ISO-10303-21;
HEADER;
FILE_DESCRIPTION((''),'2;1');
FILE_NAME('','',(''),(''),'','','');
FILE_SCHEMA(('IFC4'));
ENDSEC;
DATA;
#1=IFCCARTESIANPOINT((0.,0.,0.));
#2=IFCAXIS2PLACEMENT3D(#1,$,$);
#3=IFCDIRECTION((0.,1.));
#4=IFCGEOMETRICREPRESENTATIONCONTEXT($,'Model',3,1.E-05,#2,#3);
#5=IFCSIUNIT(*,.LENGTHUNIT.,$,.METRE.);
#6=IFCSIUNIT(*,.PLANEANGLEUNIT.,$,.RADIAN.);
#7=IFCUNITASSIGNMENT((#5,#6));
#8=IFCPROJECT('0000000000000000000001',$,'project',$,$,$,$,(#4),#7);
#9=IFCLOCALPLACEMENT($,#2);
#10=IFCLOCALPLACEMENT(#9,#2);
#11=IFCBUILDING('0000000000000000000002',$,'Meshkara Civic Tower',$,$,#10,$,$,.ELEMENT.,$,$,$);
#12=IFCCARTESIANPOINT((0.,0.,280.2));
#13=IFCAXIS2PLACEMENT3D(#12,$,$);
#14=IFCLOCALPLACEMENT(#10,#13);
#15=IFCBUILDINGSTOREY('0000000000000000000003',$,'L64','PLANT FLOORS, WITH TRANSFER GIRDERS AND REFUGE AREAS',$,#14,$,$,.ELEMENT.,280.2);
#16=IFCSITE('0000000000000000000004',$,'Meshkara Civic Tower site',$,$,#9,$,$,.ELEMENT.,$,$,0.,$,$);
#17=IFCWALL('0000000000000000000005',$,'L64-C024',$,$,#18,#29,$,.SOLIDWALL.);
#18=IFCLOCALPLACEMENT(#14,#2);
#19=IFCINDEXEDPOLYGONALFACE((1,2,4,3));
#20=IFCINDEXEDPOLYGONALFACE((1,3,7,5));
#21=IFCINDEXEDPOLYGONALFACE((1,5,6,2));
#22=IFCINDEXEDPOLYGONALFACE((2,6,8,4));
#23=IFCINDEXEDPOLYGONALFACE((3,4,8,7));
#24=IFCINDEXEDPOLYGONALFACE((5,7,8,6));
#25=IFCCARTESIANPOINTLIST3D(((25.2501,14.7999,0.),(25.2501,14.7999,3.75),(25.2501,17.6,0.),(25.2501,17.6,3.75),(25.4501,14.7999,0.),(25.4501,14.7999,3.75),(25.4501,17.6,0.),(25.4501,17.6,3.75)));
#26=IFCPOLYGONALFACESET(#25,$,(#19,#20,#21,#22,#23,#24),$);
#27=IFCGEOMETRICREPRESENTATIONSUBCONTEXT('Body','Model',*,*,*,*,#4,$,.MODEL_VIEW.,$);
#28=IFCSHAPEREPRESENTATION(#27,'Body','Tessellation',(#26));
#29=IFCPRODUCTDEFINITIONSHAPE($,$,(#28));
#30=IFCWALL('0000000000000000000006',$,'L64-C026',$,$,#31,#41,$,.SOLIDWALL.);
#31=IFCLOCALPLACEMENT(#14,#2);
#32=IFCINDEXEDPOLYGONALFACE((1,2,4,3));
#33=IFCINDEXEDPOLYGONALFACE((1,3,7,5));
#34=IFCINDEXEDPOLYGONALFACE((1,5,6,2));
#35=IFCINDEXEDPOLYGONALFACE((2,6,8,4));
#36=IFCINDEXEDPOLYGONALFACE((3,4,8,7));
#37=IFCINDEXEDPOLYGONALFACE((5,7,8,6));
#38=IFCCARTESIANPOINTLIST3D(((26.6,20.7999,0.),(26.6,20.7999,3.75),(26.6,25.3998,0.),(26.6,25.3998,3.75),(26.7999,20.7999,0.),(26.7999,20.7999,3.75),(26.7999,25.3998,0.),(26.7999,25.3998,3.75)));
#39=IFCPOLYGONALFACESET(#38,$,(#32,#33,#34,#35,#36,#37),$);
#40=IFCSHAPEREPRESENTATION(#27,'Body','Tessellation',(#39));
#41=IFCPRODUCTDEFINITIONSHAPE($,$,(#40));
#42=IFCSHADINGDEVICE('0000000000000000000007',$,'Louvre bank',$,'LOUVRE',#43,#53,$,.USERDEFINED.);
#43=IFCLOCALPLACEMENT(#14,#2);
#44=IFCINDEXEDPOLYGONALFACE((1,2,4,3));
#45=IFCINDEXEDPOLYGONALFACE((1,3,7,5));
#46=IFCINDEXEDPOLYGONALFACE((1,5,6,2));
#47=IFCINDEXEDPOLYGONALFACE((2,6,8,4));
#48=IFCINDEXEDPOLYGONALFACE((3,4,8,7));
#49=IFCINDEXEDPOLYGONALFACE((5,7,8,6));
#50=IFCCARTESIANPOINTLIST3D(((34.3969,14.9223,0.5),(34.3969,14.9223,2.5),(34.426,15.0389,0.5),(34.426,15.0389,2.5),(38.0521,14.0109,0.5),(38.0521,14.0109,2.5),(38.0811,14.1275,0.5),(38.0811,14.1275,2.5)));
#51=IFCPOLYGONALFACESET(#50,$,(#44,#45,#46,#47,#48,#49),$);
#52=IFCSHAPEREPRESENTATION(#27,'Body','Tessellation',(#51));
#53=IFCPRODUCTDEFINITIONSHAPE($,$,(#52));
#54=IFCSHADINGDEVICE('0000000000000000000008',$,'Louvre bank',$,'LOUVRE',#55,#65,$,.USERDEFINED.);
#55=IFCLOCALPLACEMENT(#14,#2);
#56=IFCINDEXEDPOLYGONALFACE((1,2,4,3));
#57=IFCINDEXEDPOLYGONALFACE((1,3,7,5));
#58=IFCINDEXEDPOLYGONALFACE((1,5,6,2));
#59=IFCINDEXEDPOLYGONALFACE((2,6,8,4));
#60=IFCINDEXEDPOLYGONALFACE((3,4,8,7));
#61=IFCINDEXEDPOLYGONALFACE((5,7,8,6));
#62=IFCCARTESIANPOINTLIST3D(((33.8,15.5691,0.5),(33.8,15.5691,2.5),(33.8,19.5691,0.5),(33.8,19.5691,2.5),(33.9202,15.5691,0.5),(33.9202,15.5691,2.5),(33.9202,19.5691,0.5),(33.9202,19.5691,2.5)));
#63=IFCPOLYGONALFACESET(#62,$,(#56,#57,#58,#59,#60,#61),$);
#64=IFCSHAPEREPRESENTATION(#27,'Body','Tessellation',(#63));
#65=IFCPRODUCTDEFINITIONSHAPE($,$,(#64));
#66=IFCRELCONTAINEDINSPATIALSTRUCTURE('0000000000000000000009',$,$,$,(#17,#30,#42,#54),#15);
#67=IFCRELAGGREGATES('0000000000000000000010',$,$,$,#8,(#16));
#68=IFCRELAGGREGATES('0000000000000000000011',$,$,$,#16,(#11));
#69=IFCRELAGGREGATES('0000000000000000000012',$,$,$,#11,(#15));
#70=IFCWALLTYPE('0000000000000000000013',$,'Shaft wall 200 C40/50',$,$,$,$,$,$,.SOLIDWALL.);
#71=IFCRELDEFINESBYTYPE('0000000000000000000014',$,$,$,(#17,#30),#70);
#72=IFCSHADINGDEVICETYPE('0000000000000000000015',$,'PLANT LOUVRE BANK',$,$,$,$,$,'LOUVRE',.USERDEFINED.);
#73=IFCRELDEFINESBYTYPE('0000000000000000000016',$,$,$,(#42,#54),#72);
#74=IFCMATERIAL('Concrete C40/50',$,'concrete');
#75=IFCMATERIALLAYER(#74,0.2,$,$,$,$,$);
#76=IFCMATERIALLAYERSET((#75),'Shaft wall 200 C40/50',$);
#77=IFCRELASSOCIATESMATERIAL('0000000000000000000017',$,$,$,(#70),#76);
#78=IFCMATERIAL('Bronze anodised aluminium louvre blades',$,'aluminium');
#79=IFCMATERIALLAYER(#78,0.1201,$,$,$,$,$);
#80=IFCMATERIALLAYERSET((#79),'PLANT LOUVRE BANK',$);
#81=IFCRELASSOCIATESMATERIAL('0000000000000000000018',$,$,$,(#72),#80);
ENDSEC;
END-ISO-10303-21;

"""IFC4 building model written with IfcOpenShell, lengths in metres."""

from ifc_helpers import new_model, si_unit, direction, frame, frame_2d, origin, origin_2d, place, context, subcontext, project, spatial, rectangle, extrude, material, layer, layer_set, type_object, element, save


model = new_model("IFC4")

# Units and contexts
model_context = context("Model", 3, precision=1e-05, world=origin(), true_north=direction((0.0, 1.0)))
body_context = subcontext(model_context, "Body", "Model", "MODEL_VIEW")
ifc_project = project(units=[si_unit("LENGTHUNIT", "METRE"), si_unit("PLANEANGLEUNIT", "RADIAN")], contexts=[model_context])

# Site, building, storey
site_placement = place(None, origin())
site = spatial("IfcSite", under=ifc_project, at=site_placement, Name="Meshkara Civic Tower site", CompositionType="ELEMENT", RefElevation=0.0)
building_placement = place(site_placement, origin())
building = spatial("IfcBuilding", under=site, at=building_placement, Name="Meshkara Civic Tower", CompositionType="ELEMENT")
storey_placement = place(building_placement, frame((0.0, 0.0, 280.2)))
storey = spatial("IfcBuildingStorey", under=building, at=storey_placement, Name="L64", Description="PLANT FLOORS, WITH TRANSFER GIRDERS AND REFUGE AREAS", CompositionType="ELEMENT", Elevation=280.2)

# Walls
ifc_material_1 = material(Name="Concrete C40/50", Category="concrete")
ifc_layer_1 = layer(ifc_material_1, 0.2)
ifc_layer_set_1 = layer_set([ifc_layer_1], Name="Shaft wall 200 C40/50")
wall_type_1 = type_object("IfcWallType", Name="Shaft wall 200 C40/50", PredefinedType="SOLIDWALL", material=ifc_layer_set_1)
wall_1_placement = place(storey_placement, frame((25.3501, 14.8, 0.0), z_axis=(0.0, 0.0, 1.0), x_axis=(0.0, 1.0, 0.0)))
element("IfcWall", 1, at=wall_1_placement, inside=storey, type_object=wall_type_1, Name="L64-C024", PredefinedType="SOLIDWALL", context=body_context, shape_type="SweptSolid", body=[
    extrude(rectangle(XDim=2.8, YDim=0.2, at=frame_2d((1.3999, 0.0))), origin(), (0.0, 0.0, 1.0), 3.75),
])
wall_2_placement = place(storey_placement, frame((26.7, 20.8, 0.0), z_axis=(0.0, 0.0, 1.0), x_axis=(0.0, 1.0, 0.0)))
element("IfcWall", 2, at=wall_2_placement, inside=storey, type_object=wall_type_1, Name="L64-C026", PredefinedType="SOLIDWALL", context=body_context, shape_type="SweptSolid", body=[
    extrude(rectangle(XDim=4.5999, YDim=0.2, at=frame_2d((2.2998, 0.0))), origin(), (0.0, 0.0, 1.0), 3.75),
])

# Shading devices
ifc_material_2 = material(Name="Bronze anodised aluminium louvre blades", Category="aluminium")
ifc_layer_2 = layer(ifc_material_2, 0.1201)
ifc_layer_set_2 = layer_set([ifc_layer_2], Name="PLANT LOUVRE BANK")
shading_device_type = type_object("IfcShadingDeviceType", Name="PLANT LOUVRE BANK", ElementType="LOUVRE", PredefinedType="USERDEFINED", material=ifc_layer_set_2)
shading_device_1_placement = place(storey_placement, frame((36.239, 14.5249, 0.5), z_axis=(0.0, 0.0, 1.0), x_axis=(-0.970292, 0.241939, 0.0)))
element("IfcShadingDevice", 3, at=shading_device_1_placement, inside=storey, type_object=shading_device_type, Name="Louvre bank", ObjectType="LOUVRE", PredefinedType="USERDEFINED", context=body_context, shape_type="SweptSolid", body=[
    extrude(rectangle(XDim=3.7671, YDim=0.1201, at=origin_2d()), origin(), (0.0, 0.0, 1.0), 2.0),
])
shading_device_2_placement = place(storey_placement, frame((33.8601, 17.5691, 0.5), z_axis=(0.0, 0.0, 1.0), x_axis=(0.0, 1.0, 0.0)))
element("IfcShadingDevice", 4, at=shading_device_2_placement, inside=storey, type_object=shading_device_type, Name="Louvre bank", ObjectType="LOUVRE", PredefinedType="USERDEFINED", context=body_context, shape_type="SweptSolid", body=[
    extrude(rectangle(XDim=4.0, YDim=0.1201, at=origin_2d()), origin(), (0.0, 0.0, 1.0), 2.0),
])

save(model, "model.ifc")
